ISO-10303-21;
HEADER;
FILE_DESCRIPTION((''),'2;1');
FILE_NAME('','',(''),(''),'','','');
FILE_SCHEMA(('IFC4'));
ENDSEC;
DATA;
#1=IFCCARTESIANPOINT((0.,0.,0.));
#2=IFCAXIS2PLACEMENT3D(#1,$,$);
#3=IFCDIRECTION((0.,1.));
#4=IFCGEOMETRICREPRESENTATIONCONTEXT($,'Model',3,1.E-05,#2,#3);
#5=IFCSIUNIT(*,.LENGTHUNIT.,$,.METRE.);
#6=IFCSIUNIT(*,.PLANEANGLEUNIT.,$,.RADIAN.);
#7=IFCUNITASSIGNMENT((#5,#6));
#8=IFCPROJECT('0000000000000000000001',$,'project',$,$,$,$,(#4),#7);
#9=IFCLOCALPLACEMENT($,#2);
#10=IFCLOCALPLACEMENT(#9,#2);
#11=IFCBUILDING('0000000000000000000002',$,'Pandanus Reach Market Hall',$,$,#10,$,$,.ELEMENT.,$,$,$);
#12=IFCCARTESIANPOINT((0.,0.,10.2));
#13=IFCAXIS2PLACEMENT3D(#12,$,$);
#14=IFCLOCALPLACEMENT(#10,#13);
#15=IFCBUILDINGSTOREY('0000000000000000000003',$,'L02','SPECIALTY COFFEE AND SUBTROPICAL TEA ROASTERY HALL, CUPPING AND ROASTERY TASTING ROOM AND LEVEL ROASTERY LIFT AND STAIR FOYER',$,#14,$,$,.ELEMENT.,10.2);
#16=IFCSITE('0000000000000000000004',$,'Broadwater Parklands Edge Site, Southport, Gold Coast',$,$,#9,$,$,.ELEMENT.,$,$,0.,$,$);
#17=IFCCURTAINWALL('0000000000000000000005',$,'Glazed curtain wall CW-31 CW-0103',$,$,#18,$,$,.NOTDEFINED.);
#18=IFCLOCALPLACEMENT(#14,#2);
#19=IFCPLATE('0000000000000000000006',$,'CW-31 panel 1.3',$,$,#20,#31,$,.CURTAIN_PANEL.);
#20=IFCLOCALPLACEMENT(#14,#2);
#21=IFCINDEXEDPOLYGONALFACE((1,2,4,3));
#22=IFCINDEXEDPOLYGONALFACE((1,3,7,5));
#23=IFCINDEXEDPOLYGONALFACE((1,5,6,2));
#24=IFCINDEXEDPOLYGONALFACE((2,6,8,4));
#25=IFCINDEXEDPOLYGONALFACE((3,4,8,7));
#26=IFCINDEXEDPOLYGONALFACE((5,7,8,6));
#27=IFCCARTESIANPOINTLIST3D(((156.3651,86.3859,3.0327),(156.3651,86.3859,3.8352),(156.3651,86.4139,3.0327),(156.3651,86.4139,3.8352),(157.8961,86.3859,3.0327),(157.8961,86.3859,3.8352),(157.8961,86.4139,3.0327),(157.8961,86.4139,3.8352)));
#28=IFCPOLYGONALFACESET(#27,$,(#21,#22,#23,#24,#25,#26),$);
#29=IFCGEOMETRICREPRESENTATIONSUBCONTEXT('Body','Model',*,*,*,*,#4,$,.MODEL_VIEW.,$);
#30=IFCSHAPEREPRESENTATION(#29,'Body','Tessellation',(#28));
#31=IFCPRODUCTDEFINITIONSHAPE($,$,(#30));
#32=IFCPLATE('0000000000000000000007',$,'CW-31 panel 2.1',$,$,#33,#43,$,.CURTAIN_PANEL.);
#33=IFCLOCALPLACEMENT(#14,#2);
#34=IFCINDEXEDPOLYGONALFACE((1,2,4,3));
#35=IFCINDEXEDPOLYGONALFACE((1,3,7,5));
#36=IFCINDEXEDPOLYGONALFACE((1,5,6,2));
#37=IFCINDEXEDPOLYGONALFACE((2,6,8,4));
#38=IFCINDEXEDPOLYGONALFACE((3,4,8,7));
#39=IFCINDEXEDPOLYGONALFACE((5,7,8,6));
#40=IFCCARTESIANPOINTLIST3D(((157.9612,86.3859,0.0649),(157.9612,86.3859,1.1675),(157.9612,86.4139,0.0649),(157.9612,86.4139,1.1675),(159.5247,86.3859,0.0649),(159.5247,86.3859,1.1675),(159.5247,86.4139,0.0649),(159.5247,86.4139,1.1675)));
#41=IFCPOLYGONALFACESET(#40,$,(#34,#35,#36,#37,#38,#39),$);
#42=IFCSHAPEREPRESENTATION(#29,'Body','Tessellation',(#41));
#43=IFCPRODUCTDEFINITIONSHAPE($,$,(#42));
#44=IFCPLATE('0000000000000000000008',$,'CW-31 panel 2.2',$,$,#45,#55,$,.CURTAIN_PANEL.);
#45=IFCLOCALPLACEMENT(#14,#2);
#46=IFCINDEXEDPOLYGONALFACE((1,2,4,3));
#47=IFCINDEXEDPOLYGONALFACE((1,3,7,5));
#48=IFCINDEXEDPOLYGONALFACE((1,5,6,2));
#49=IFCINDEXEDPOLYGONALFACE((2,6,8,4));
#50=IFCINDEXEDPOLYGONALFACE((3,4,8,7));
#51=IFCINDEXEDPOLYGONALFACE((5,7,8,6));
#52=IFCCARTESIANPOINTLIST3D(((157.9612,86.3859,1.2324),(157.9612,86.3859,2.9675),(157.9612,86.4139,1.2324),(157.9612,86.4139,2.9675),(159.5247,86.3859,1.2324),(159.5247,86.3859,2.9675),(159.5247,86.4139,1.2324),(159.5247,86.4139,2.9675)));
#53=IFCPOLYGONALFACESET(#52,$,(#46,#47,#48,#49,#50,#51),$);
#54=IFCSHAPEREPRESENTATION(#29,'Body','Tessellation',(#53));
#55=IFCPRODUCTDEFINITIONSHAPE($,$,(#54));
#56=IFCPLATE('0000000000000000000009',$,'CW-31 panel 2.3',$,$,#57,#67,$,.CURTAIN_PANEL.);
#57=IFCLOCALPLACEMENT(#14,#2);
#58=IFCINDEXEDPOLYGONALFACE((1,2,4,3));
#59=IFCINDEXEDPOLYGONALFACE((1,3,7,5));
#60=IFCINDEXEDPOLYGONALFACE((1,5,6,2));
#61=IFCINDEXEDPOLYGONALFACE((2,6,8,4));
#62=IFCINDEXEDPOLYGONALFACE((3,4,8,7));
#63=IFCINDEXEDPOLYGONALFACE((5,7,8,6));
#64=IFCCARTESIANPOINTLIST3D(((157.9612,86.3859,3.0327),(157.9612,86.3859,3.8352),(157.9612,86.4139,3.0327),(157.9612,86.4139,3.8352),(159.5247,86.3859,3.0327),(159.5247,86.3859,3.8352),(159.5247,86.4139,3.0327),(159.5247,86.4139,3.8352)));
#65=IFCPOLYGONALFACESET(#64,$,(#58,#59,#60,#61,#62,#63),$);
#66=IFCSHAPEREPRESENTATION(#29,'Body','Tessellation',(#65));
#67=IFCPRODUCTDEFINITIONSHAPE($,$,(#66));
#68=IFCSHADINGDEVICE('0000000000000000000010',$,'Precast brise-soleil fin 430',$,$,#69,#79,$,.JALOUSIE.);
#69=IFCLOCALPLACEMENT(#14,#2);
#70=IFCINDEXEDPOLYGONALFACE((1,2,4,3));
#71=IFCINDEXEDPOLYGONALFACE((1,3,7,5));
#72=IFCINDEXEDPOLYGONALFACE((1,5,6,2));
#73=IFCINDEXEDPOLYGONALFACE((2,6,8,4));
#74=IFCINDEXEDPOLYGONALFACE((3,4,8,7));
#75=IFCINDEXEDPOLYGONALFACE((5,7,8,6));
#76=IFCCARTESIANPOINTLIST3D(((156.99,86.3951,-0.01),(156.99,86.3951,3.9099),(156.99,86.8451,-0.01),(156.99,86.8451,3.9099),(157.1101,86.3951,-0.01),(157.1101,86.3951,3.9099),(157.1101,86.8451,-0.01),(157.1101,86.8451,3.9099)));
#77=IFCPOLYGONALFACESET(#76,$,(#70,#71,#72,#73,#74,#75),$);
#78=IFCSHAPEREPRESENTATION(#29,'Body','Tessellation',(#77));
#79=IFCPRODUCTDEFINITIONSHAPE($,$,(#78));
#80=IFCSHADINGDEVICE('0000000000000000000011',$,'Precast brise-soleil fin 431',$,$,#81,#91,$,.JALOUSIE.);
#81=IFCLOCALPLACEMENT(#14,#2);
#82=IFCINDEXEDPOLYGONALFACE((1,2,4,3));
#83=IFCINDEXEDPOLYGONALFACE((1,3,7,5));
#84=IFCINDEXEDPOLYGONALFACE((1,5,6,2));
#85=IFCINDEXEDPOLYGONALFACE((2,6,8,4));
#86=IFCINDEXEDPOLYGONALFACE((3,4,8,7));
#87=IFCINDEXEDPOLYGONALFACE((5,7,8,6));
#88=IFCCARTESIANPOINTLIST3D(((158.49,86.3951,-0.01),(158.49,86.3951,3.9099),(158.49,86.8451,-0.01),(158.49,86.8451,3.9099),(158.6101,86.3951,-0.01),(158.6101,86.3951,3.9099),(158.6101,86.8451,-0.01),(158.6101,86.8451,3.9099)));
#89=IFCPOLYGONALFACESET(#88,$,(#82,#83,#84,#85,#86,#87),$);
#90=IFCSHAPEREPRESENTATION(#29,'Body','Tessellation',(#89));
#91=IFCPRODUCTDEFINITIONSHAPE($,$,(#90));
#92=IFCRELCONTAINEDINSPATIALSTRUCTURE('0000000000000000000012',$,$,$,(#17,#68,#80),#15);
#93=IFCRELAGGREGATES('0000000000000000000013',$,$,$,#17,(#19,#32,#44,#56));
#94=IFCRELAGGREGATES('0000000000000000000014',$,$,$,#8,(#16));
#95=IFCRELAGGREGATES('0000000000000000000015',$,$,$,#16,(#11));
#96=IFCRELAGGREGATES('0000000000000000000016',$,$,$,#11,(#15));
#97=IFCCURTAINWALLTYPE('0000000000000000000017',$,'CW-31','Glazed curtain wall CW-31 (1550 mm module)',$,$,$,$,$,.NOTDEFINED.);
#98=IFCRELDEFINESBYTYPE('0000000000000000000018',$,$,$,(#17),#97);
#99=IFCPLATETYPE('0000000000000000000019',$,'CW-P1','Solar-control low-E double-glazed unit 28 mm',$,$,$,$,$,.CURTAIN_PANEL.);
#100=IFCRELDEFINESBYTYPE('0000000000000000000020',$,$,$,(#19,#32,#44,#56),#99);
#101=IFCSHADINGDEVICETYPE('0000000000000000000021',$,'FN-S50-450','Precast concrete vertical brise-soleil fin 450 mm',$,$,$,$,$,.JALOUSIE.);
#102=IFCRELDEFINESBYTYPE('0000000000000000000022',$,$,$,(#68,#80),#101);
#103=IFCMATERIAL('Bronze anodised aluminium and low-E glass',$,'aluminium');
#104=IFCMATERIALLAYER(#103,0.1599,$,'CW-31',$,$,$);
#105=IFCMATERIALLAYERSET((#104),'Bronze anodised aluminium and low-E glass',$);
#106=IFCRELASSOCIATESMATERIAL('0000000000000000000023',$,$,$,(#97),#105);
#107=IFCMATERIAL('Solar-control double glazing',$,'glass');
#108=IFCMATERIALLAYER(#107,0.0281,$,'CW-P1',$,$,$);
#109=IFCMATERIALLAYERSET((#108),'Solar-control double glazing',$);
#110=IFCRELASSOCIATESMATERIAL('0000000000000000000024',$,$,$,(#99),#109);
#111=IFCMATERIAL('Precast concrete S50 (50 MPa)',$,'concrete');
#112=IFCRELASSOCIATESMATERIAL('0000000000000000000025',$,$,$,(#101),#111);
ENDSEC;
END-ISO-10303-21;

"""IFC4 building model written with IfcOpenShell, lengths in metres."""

from ifc_helpers import new_model, si_unit, direction, frame, origin, origin_2d, place, context, subcontext, project, spatial, rectangle, extrude, material, layer, layer_set, type_object, element, aggregate, save


model = new_model("IFC4")

# Units and contexts
model_context = context("Model", 3, precision=1e-05, world=origin(), true_north=direction((0.0, 1.0)))
body_context = subcontext(model_context, "Body", "Model", "MODEL_VIEW")
ifc_project = project(units=[si_unit("LENGTHUNIT", "METRE"), si_unit("PLANEANGLEUNIT", "RADIAN")], contexts=[model_context])

# Site, building, storey
site_placement = place(None, origin())
site = spatial("IfcSite", under=ifc_project, at=site_placement, Name="Broadwater Parklands Edge Site, Southport, Gold Coast", CompositionType="ELEMENT", RefElevation=0.0)
building_placement = place(site_placement, origin())
building = spatial("IfcBuilding", under=site, at=building_placement, Name="Pandanus Reach Market Hall", CompositionType="ELEMENT")
storey_placement = place(building_placement, frame((0.0, 0.0, 10.2)))
storey = spatial("IfcBuildingStorey", under=building, at=storey_placement, Name="L02", Description="SPECIALTY COFFEE AND SUBTROPICAL TEA ROASTERY HALL, CUPPING AND ROASTERY TASTING ROOM AND LEVEL ROASTERY LIFT AND STAIR FOYER", CompositionType="ELEMENT", Elevation=10.2)

# Curtain wall
ifc_material_1 = material(Name="Bronze anodised aluminium and low-E glass", Category="aluminium")
ifc_layer_1 = layer(ifc_material_1, 0.1599, Name="CW-31")
ifc_layer_set_1 = layer_set([ifc_layer_1], Name="Bronze anodised aluminium and low-E glass")
curtain_wall_type = type_object("IfcCurtainWallType", Name="CW-31", Description="Glazed curtain wall CW-31 (1550 mm module)", PredefinedType="NOTDEFINED", material=ifc_layer_set_1)
curtain_wall_1_placement = place(storey_placement, origin())
curtain_wall_1 = element("IfcCurtainWall", 1, at=curtain_wall_1_placement, inside=storey, type_object=curtain_wall_type, Name="Glazed curtain wall CW-31 CW-0103", PredefinedType="NOTDEFINED")

# Plates
ifc_material_2 = material(Name="Solar-control double glazing", Category="glass")
ifc_layer_2 = layer(ifc_material_2, 0.0281, Name="CW-P1")
ifc_layer_set_2 = layer_set([ifc_layer_2], Name="Solar-control double glazing")
plate_type = type_object("IfcPlateType", Name="CW-P1", Description="Solar-control low-E double-glazed unit 28 mm", PredefinedType="CURTAIN_PANEL", material=ifc_layer_set_2)
plate_1_placement = place(storey_placement, frame((157.1306, 86.3999, 3.0327), z_axis=(0.0, 0.0, 1.0), x_axis=(1.0, 0.0, 0.0)))
plate_1 = element("IfcPlate", 2, at=plate_1_placement, type_object=plate_type, Name="CW-31 panel 1.3", PredefinedType="CURTAIN_PANEL", context=body_context, shape_type="SweptSolid", body=[
    extrude(rectangle(XDim=1.531, YDim=0.0281, at=origin_2d()), origin(), (0.0, 0.0, 1.0), 0.8025),
])
plate_2_placement = place(storey_placement, frame((158.7429, 86.3999, 0.0649), z_axis=(0.0, 0.0, 1.0), x_axis=(1.0, 0.0, 0.0)))
plate_2 = element("IfcPlate", 3, at=plate_2_placement, type_object=plate_type, Name="CW-31 panel 2.1", PredefinedType="CURTAIN_PANEL", context=body_context, shape_type="SweptSolid", body=[
    extrude(rectangle(XDim=1.5635, YDim=0.0281, at=origin_2d()), origin(), (0.0, 0.0, 1.0), 1.1025),
])
plate_3_placement = place(storey_placement, frame((158.7429, 86.3999, 1.2324), z_axis=(0.0, 0.0, 1.0), x_axis=(1.0, 0.0, 0.0)))
plate_3 = element("IfcPlate", 4, at=plate_3_placement, type_object=plate_type, Name="CW-31 panel 2.2", PredefinedType="CURTAIN_PANEL", context=body_context, shape_type="SweptSolid", body=[
    extrude(rectangle(XDim=1.5635, YDim=0.0281, at=origin_2d()), origin(), (0.0, 0.0, 1.0), 1.7351),
])
plate_4_placement = place(storey_placement, frame((158.7429, 86.3999, 3.0327), z_axis=(0.0, 0.0, 1.0), x_axis=(1.0, 0.0, 0.0)))
plate_4 = element("IfcPlate", 5, at=plate_4_placement, type_object=plate_type, Name="CW-31 panel 2.3", PredefinedType="CURTAIN_PANEL", context=body_context, shape_type="SweptSolid", body=[
    extrude(rectangle(XDim=1.5635, YDim=0.0281, at=origin_2d()), origin(), (0.0, 0.0, 1.0), 0.8025),
])
aggregate(curtain_wall_1, [plate_1, plate_2, plate_3, plate_4])

# Shading devices
ifc_material_3 = material(Name="Precast concrete S50 (50 MPa)", Category="concrete")
shading_device_type = type_object("IfcShadingDeviceType", Name="FN-S50-450", Description="Precast concrete vertical brise-soleil fin 450 mm", PredefinedType="JALOUSIE", material=ifc_material_3)
for number, where, z_axis, x_axis, name in (
    (6, (157.05, 86.6201, -0.01), (0.0, 0.0, 1.0), (0.0, 1.0, 0.0), "Precast brise-soleil fin 430"),
    (7, (158.55, 86.6201, -0.01), (0.0, 0.0, 1.0), (0.0, 1.0, 0.0), "Precast brise-soleil fin 431"),
):
    element("IfcShadingDevice", number, at=place(storey_placement, frame(where, z_axis=z_axis, x_axis=x_axis)), inside=storey, type_object=shading_device_type, Name=name, PredefinedType="JALOUSIE", context=body_context, shape_type="SweptSolid", body=[
        extrude(rectangle(XDim=0.45, YDim=0.1201, at=origin_2d()), origin(), (0.0, 0.0, 1.0), 3.9199),
    ])

save(model, "model.ifc")
